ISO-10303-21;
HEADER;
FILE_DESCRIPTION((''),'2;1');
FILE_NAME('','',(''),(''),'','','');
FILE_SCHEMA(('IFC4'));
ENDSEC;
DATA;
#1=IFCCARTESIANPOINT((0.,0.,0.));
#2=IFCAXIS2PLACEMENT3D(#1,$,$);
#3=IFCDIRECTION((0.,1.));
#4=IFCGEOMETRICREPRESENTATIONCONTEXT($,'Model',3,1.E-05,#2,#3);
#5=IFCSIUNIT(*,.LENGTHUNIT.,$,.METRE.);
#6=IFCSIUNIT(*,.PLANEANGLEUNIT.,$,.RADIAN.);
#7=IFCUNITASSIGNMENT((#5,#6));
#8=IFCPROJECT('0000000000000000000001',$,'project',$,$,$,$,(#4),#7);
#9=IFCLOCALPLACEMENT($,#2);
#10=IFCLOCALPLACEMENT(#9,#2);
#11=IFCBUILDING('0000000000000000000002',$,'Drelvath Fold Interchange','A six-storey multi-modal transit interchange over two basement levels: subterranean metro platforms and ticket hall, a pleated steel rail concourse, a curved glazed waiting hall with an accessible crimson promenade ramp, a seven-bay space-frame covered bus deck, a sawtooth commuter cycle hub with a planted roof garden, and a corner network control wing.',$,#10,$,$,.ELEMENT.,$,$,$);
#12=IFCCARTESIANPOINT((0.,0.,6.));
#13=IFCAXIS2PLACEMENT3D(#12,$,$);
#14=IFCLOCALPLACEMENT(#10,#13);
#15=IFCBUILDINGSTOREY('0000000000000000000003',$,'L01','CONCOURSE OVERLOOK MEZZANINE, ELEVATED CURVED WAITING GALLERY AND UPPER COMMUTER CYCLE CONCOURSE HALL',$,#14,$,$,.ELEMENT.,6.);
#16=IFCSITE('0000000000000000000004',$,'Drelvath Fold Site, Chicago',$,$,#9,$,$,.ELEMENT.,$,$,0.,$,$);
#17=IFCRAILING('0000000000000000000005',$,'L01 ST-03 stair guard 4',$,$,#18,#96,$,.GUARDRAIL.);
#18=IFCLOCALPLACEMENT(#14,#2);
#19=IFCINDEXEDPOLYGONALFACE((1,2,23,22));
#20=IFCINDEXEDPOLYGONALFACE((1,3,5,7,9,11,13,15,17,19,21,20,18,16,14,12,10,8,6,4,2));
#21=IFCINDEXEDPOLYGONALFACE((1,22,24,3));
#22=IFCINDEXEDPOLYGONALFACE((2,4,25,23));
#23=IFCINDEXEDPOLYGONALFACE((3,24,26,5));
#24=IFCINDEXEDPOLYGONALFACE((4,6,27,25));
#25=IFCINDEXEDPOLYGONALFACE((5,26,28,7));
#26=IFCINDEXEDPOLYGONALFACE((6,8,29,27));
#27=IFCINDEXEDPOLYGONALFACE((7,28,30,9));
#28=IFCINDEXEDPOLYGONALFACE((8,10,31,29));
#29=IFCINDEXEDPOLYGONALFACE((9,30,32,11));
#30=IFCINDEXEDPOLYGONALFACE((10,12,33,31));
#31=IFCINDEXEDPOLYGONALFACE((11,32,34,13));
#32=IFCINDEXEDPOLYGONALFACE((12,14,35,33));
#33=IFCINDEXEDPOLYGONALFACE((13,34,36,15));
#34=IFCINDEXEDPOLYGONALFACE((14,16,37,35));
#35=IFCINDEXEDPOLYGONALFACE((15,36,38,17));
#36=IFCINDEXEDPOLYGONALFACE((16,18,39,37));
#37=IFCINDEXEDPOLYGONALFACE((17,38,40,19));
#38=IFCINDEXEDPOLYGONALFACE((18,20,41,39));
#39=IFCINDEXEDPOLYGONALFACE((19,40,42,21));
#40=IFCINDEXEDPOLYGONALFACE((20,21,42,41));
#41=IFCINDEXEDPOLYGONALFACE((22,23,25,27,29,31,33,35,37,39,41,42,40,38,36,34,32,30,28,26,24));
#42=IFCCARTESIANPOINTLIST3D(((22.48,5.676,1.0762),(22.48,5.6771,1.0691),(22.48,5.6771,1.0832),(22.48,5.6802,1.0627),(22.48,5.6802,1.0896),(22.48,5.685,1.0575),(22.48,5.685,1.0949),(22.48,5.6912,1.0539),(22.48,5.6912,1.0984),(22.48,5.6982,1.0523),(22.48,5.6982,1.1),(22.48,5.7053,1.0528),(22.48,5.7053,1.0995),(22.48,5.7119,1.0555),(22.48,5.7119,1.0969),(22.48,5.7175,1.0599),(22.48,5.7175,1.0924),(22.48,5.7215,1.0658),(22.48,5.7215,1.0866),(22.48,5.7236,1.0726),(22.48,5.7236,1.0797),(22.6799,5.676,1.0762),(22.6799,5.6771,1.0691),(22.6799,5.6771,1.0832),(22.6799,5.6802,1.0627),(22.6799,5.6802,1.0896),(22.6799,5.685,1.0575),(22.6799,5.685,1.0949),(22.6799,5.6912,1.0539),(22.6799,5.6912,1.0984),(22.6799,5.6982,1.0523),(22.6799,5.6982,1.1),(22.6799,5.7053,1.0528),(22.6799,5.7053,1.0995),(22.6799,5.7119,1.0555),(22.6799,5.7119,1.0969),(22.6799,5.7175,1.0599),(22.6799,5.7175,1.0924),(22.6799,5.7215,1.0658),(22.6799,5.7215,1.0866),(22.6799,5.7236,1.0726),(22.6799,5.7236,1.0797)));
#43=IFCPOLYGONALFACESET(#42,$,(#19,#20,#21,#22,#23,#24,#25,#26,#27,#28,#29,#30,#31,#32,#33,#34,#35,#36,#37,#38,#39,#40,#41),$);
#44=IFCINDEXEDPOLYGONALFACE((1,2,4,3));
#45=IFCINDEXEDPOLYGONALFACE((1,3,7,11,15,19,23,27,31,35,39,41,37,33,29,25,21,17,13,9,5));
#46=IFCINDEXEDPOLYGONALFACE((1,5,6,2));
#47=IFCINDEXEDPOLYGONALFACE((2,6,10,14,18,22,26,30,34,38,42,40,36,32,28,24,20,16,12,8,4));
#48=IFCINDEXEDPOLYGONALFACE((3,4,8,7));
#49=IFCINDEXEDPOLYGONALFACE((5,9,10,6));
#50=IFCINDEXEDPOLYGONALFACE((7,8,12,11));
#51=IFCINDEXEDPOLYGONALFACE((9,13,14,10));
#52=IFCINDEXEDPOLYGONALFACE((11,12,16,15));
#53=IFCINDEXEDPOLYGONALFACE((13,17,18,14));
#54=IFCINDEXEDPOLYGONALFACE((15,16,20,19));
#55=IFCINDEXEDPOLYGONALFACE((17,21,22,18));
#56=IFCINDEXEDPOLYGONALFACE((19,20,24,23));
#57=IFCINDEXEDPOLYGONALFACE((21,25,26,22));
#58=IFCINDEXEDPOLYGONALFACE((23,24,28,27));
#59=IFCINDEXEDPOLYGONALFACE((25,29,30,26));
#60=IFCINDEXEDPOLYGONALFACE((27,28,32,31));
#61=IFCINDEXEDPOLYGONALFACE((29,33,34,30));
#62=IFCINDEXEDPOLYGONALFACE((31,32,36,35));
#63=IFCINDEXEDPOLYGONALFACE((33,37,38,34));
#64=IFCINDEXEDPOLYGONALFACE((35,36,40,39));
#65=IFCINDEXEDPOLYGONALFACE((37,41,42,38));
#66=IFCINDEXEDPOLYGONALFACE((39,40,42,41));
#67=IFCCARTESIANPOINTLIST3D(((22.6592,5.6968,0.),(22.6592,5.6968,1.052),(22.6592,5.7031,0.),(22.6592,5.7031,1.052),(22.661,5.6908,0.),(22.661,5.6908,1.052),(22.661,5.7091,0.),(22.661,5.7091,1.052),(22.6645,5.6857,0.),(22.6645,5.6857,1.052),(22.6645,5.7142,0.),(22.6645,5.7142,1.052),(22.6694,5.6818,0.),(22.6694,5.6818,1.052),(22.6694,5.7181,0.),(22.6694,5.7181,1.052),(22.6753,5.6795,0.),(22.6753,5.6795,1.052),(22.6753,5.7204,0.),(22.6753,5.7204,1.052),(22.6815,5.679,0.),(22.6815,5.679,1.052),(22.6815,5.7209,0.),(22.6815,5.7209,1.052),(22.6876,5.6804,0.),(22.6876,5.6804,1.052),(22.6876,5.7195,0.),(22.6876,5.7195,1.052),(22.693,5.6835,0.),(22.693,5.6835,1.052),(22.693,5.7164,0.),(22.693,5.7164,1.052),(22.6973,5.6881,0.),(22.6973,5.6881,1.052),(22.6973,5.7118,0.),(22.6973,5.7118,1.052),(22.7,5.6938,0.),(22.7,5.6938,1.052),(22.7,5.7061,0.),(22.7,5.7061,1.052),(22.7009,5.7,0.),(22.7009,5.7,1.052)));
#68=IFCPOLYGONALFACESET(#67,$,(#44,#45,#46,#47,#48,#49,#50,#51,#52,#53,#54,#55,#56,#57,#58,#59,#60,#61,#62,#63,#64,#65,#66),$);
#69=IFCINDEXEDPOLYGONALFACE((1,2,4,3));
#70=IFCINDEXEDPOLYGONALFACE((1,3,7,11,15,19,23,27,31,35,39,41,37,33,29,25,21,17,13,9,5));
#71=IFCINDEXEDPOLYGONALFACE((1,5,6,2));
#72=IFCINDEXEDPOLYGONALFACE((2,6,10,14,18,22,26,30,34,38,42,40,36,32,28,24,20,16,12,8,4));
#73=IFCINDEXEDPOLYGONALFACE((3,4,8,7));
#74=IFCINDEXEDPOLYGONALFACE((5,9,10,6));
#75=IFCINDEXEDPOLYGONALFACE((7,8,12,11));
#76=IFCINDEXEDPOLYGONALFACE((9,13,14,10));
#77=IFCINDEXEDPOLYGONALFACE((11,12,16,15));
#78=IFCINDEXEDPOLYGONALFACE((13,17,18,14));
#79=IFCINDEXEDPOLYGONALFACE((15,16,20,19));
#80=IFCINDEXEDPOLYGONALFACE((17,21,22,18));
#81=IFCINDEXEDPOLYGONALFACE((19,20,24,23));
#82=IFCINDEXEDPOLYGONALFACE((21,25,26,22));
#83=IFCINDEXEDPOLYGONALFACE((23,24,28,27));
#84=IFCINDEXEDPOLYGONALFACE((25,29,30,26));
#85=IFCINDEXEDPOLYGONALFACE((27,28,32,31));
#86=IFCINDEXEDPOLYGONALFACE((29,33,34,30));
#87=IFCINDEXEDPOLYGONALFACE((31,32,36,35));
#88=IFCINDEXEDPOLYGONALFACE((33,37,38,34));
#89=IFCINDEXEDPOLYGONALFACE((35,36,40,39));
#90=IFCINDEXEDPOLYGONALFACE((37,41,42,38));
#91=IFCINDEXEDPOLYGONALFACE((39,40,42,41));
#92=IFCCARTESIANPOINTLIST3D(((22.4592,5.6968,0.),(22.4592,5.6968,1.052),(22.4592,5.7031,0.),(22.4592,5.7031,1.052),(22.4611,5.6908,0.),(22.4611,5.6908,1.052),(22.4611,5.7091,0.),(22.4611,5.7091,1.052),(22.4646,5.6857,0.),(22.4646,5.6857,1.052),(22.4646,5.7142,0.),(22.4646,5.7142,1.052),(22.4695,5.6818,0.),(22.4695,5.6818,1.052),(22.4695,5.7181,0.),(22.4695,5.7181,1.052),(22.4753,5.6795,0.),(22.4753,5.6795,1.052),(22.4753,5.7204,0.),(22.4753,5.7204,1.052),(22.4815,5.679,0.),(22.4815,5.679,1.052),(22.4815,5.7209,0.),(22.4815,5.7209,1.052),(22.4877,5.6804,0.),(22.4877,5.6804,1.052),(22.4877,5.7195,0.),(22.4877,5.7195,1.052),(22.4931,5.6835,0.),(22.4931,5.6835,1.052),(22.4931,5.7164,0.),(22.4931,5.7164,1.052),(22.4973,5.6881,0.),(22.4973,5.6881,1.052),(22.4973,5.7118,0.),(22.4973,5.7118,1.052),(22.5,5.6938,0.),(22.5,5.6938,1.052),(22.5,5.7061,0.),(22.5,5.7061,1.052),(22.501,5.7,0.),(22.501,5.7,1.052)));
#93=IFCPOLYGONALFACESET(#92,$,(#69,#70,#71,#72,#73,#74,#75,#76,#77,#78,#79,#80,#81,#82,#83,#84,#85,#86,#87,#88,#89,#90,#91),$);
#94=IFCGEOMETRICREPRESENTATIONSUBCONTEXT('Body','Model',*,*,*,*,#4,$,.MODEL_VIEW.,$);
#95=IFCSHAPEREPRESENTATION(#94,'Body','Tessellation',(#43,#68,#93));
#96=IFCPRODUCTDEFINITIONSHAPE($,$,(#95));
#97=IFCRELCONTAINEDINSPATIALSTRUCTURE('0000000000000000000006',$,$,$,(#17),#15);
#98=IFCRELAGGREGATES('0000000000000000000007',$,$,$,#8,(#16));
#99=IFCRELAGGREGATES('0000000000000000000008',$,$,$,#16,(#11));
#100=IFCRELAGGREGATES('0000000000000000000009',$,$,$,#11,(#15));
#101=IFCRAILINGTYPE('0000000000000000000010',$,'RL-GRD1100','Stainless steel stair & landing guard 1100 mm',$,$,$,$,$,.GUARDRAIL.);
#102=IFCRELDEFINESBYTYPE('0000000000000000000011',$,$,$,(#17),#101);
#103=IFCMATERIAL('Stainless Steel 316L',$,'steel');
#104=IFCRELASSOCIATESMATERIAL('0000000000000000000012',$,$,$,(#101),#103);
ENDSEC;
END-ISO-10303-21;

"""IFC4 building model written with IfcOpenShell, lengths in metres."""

from ifc_helpers import new_model, si_unit, direction, frame, origin, origin_2d, place, context, subcontext, project, spatial, circle, extrude, material, type_object, element, save


model = new_model("IFC4")

# Units and contexts
model_context = context("Model", 3, precision=1e-05, world=origin(), true_north=direction((0.0, 1.0)))
body_context = subcontext(model_context, "Body", "Model", "MODEL_VIEW")
ifc_project = project(units=[si_unit("LENGTHUNIT", "METRE"), si_unit("PLANEANGLEUNIT", "RADIAN")], contexts=[model_context])

# Site, building, storey
site_placement = place(None, origin())
site = spatial("IfcSite", under=ifc_project, at=site_placement, Name="Drelvath Fold Site, Chicago", CompositionType="ELEMENT", RefElevation=0.0)
building_placement = place(site_placement, origin())
building = spatial("IfcBuilding", under=site, at=building_placement, Name="Drelvath Fold Interchange", Description="A six-storey multi-modal transit interchange over two basement levels: subterranean metro platforms and ticket hall, a pleated steel rail concourse, a curved glazed waiting hall with an accessible crimson promenade ramp, a seven-bay space-frame covered bus deck, a sawtooth commuter cycle hub with a planted roof garden, and a corner network control wing.", CompositionType="ELEMENT")
storey_placement = place(building_placement, frame((0.0, 0.0, 6.0)))
storey = spatial("IfcBuildingStorey", under=building, at=storey_placement, Name="L01", Description="CONCOURSE OVERLOOK MEZZANINE, ELEVATED CURVED WAITING GALLERY AND UPPER COMMUTER CYCLE CONCOURSE HALL", CompositionType="ELEMENT", Elevation=6.0)

# Railing
ifc_material_1 = material(Name="Stainless Steel 316L", Category="steel")
railing_type_1 = type_object("IfcRailingType", Name="RL-GRD1100", Description="Stainless steel stair & landing guard 1100 mm", PredefinedType="GUARDRAIL", material=ifc_material_1)
railing_1_placement = place(storey_placement, frame((22.6799, 5.7, 0.0)))
element("IfcRailing", 1, at=railing_1_placement, inside=storey, type_object=railing_type_1, Name="L01 ST-03 stair guard 4", PredefinedType="GUARDRAIL", context=body_context, shape_type="SweptSolid", body=[
    extrude(circle(Radius=0.0239, at=origin_2d()), frame((0.0, 0.0, 1.0762), z_axis=(-1.0, 0.0, 0.0), x_axis=(0.0, -1.0, 0.0)), (0.0, 0.0, 1.0), 0.2),
    extrude(circle(Radius=0.021, at=origin_2d()), origin(), (0.0, 0.0, 1.0), 1.052),
    extrude(circle(Radius=0.021, at=origin_2d()), frame((-0.2, 0.0, 0.0)), (0.0, 0.0, 1.0), 1.052),
])

save(model, "model.ifc")
